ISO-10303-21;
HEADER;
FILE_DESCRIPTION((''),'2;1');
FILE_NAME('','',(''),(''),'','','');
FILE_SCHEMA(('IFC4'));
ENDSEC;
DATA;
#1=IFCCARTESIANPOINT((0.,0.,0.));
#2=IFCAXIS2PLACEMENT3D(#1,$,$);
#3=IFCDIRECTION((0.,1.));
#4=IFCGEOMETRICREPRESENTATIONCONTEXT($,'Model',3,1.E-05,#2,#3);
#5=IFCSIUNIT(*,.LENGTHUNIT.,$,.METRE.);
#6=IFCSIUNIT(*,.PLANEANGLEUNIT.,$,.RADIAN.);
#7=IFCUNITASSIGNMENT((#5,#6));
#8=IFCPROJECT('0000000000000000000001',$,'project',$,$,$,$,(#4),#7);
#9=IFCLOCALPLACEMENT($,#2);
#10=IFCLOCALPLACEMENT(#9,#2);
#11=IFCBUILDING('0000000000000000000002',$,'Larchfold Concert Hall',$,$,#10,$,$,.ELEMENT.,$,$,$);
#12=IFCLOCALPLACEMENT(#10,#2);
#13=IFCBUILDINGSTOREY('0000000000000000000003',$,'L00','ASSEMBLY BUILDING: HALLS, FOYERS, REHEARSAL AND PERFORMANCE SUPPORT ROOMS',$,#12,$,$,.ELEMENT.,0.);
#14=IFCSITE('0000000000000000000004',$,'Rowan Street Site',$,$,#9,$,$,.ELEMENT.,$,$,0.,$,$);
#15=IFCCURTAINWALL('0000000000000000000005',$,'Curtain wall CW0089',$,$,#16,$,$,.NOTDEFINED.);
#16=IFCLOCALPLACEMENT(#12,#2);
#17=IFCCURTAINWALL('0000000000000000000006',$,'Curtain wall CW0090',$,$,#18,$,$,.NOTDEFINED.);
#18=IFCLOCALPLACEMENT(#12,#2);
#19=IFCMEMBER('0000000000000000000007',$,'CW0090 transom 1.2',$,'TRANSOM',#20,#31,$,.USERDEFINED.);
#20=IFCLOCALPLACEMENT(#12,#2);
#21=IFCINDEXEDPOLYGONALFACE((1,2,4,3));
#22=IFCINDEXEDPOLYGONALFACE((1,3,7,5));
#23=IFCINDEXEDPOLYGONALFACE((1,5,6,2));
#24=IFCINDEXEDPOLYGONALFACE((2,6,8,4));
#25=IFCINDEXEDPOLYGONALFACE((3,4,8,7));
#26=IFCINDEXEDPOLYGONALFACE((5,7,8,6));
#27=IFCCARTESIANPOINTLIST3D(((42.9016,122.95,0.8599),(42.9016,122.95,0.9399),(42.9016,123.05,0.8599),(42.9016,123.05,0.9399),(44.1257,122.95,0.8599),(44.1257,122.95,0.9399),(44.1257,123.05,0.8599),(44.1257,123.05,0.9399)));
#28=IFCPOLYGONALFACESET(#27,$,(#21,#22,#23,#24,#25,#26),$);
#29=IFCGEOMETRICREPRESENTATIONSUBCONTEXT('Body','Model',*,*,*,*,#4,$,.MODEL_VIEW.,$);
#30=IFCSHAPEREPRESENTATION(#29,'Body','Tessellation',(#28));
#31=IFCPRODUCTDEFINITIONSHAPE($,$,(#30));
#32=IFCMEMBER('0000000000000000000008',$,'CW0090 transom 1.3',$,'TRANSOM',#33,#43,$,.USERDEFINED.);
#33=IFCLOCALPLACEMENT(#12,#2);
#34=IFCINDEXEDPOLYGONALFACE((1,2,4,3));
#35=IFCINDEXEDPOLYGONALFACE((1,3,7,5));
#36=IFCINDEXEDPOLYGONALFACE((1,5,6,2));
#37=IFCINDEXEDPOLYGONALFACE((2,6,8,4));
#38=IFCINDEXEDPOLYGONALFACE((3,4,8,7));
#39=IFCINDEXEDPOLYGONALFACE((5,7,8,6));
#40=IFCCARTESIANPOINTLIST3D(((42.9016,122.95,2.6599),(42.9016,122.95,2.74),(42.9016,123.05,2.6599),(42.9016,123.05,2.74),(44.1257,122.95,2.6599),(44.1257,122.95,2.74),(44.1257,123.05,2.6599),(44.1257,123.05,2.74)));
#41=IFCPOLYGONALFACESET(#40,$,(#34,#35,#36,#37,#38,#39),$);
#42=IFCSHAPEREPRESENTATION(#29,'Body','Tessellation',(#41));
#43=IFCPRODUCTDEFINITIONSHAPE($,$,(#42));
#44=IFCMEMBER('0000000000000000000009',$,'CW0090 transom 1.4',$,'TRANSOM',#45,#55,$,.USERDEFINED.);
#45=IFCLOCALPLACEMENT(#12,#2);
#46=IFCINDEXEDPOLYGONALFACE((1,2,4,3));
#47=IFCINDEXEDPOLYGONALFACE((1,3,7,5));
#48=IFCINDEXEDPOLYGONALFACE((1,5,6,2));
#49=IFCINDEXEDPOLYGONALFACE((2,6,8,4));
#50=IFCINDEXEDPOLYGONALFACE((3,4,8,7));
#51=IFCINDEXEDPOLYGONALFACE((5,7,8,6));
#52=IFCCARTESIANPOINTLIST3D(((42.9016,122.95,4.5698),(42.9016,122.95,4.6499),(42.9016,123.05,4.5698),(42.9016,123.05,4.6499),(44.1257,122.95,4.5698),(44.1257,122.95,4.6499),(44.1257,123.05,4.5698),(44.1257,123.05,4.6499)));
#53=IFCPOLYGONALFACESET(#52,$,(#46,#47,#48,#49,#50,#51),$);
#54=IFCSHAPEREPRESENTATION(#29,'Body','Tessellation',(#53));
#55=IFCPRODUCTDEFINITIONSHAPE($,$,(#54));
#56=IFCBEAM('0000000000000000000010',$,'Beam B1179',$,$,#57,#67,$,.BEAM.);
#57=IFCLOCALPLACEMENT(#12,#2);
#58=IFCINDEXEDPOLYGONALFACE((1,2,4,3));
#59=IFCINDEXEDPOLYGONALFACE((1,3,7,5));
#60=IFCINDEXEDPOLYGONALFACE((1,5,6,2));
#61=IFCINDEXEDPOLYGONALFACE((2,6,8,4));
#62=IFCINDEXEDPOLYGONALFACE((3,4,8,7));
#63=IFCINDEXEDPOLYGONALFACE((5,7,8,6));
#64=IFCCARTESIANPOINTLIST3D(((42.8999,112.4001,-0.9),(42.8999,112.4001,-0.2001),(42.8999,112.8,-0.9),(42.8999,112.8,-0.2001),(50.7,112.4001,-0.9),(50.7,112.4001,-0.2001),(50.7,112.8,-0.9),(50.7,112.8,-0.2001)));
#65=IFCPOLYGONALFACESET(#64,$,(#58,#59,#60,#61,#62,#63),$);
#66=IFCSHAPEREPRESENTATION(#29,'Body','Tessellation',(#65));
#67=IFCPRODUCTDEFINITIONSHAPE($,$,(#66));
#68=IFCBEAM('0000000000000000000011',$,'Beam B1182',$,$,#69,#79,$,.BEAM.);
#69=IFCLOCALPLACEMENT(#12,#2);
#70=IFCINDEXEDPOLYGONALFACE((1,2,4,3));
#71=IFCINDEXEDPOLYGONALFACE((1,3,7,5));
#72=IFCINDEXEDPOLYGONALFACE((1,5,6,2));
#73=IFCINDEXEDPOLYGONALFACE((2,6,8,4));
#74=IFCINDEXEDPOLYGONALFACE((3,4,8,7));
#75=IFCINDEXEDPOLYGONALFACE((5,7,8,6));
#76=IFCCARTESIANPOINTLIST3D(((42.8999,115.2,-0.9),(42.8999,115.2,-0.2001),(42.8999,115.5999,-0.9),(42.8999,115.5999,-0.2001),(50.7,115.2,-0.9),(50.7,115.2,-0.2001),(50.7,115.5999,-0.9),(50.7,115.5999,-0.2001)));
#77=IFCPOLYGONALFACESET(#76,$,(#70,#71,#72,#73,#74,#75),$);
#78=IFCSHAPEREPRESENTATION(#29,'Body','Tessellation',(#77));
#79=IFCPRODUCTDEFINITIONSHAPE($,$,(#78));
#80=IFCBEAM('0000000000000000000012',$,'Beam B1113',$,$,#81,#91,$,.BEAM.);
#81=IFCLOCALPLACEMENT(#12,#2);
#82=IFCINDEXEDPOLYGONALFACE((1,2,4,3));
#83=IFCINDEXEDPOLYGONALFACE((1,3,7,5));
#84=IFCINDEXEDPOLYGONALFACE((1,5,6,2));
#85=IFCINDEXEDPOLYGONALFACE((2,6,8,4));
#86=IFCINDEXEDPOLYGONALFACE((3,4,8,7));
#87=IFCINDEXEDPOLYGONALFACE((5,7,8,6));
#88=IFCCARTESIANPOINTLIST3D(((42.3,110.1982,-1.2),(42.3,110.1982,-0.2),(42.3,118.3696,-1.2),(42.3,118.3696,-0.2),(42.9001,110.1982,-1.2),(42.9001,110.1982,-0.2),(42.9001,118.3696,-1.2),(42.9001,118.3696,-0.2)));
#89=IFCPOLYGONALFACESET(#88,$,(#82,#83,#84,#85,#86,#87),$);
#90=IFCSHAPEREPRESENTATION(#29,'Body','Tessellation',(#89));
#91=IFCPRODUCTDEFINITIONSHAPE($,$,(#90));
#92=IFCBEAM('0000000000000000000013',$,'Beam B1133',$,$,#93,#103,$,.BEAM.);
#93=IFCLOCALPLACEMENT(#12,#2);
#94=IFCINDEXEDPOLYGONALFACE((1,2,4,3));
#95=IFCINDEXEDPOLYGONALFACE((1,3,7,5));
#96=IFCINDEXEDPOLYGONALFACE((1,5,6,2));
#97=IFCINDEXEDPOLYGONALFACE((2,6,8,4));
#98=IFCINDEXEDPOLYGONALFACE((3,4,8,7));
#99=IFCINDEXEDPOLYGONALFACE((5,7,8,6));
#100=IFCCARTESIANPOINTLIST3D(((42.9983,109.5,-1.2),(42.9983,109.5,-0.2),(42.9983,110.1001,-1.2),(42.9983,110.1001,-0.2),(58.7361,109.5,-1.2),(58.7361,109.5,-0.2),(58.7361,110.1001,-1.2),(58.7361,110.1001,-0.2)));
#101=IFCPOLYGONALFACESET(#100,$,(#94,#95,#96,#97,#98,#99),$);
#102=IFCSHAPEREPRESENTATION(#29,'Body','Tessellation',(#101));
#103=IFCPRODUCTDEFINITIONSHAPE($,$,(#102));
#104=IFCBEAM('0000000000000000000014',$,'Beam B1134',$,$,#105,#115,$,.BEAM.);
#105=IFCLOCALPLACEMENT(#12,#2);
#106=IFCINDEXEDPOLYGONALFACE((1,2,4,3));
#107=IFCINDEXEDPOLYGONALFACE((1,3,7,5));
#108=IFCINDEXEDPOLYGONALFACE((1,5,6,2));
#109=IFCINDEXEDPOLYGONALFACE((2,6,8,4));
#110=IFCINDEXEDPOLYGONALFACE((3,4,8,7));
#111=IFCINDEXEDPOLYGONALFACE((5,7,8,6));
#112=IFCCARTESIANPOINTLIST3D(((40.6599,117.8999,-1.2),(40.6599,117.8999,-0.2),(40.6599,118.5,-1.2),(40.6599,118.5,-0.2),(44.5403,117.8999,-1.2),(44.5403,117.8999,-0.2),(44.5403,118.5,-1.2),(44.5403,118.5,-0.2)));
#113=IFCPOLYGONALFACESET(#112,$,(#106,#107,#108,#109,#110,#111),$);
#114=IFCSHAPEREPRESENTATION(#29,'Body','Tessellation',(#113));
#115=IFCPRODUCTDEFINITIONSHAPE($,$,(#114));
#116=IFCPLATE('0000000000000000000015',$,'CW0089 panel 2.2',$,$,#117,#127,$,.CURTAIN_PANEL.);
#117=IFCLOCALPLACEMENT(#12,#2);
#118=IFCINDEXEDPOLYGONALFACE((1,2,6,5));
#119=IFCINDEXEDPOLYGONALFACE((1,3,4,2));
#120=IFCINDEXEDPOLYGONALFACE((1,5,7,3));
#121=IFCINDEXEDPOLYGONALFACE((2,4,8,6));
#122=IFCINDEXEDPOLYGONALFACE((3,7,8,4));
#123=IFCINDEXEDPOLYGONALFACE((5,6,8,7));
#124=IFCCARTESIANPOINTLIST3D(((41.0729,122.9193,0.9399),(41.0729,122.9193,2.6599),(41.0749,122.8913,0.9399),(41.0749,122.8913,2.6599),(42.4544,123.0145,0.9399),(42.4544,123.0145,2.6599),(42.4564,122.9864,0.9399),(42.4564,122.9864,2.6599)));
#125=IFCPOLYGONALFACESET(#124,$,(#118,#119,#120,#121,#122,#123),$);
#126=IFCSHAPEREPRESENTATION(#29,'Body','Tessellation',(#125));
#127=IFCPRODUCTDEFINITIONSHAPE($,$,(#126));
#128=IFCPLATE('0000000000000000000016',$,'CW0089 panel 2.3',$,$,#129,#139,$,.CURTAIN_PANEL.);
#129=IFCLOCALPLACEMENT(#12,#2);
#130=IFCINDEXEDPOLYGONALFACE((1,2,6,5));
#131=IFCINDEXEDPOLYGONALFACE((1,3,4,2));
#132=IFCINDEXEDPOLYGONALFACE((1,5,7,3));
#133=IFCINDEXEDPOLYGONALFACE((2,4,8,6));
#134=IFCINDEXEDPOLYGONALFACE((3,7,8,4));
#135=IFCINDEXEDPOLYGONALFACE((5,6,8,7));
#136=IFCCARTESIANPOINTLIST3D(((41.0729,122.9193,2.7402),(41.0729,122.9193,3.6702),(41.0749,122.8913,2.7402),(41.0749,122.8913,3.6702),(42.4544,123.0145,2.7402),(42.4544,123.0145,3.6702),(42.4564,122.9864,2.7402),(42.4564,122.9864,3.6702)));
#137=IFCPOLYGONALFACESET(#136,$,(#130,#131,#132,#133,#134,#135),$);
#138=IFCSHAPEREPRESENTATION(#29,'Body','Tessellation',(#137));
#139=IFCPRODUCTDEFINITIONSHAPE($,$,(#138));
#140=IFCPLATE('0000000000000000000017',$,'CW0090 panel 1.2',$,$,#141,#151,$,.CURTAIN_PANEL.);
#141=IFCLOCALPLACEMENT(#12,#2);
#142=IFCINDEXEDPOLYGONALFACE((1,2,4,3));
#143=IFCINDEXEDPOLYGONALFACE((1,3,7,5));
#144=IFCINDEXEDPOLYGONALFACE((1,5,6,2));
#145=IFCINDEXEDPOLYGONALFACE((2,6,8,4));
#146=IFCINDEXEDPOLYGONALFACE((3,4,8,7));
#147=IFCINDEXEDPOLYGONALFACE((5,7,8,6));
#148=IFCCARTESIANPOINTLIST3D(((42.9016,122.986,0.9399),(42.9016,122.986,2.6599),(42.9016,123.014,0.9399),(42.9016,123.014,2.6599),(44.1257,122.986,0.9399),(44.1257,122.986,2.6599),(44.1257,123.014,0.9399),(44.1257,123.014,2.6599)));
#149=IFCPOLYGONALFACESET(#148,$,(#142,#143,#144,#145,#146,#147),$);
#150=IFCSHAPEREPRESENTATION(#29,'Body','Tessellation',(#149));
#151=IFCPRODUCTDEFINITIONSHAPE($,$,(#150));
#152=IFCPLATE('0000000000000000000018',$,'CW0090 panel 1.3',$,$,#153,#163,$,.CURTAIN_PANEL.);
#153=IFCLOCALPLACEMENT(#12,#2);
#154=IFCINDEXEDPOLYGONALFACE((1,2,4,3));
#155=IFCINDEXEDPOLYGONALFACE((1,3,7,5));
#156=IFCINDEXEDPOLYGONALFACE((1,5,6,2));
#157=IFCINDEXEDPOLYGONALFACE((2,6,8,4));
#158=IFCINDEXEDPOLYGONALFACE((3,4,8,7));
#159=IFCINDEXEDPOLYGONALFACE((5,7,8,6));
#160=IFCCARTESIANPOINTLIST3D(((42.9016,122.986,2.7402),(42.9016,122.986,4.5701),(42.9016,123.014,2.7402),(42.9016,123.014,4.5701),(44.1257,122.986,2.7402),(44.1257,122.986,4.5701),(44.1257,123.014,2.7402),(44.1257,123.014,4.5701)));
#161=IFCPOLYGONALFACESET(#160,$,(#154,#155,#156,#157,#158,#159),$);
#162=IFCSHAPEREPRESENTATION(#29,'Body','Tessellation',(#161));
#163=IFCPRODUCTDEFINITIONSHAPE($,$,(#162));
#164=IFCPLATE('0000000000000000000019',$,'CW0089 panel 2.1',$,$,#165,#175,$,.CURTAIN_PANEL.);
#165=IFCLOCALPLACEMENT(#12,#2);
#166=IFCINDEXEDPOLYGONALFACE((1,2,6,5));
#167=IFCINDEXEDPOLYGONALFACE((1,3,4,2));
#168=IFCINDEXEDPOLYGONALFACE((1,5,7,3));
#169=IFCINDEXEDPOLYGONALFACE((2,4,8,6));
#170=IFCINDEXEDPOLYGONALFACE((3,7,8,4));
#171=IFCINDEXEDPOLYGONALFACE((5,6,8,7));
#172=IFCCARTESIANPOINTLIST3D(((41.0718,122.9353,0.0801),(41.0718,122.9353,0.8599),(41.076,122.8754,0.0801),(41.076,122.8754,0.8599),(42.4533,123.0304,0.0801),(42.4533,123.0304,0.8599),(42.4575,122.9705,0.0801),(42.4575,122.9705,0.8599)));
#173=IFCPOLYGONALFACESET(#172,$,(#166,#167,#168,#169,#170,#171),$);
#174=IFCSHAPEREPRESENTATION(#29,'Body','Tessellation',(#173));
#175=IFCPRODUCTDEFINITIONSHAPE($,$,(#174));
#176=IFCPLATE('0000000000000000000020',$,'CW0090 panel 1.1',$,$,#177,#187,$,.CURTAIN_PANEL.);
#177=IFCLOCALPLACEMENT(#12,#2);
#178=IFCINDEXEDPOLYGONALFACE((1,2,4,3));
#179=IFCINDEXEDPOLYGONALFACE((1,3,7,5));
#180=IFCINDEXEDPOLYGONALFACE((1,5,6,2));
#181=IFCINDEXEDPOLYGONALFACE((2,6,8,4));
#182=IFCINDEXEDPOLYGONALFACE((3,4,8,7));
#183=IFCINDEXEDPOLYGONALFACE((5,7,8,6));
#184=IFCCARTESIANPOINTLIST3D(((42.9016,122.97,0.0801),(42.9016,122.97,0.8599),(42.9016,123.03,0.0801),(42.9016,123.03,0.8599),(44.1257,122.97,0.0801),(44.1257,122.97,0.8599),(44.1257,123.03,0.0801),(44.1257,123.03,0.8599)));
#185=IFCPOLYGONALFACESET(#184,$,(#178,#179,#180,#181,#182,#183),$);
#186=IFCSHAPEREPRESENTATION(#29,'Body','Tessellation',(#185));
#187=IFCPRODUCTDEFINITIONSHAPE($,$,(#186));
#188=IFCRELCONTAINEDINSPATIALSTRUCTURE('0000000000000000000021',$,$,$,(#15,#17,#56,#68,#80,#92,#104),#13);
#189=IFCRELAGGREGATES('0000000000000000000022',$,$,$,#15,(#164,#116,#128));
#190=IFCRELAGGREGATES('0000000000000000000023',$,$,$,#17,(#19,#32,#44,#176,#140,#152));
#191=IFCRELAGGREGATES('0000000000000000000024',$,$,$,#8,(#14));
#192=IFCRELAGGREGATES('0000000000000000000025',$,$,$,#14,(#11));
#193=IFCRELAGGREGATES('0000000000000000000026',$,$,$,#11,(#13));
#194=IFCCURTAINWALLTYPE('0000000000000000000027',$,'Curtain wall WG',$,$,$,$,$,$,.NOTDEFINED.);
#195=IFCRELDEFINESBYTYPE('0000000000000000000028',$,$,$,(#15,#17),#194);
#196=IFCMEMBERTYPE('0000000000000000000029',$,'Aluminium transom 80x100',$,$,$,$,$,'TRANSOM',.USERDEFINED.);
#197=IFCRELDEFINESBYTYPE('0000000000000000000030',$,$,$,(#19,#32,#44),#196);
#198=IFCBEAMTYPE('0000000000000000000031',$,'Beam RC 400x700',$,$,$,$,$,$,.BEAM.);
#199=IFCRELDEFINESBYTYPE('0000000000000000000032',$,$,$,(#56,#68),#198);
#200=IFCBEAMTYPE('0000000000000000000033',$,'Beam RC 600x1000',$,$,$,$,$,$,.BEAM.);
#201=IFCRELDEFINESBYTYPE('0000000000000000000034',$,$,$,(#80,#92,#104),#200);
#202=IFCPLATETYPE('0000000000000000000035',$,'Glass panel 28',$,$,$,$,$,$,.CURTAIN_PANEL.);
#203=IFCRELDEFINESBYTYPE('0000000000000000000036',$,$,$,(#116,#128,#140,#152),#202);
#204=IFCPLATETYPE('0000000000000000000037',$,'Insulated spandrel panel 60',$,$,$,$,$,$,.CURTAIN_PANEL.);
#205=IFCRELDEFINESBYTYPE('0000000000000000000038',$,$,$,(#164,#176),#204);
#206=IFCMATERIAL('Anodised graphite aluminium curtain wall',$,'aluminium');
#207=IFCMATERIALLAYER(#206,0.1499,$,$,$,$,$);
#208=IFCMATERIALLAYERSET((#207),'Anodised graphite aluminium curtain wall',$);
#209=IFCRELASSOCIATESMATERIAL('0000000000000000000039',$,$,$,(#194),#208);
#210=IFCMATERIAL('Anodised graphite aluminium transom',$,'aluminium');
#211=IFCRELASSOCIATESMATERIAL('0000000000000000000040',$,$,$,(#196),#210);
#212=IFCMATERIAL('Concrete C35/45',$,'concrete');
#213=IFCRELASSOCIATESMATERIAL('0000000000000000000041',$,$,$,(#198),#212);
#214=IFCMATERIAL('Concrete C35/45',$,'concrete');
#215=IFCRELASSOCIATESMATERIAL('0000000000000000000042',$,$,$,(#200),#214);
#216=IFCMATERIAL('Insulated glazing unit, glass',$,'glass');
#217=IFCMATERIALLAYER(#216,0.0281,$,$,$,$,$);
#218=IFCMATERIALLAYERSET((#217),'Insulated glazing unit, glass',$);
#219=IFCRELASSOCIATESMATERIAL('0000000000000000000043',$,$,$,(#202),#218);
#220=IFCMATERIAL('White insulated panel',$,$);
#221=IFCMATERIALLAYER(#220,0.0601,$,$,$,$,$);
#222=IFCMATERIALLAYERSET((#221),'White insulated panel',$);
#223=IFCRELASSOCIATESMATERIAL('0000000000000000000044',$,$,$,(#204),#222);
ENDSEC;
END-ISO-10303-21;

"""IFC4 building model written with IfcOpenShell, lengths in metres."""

from ifc_helpers import new_model, si_unit, direction, frame, origin, origin_2d, place, context, subcontext, project, spatial, rectangle, extrude, material, layer, layer_set, material_profile, profile_set, type_object, element, aggregate, save


model = new_model("IFC4")

# Units and contexts
model_context = context("Model", 3, precision=1e-05, world=origin(), true_north=direction((0.0, 1.0)))
body_context = subcontext(model_context, "Body", "Model", "MODEL_VIEW")
ifc_project = project(units=[si_unit("LENGTHUNIT", "METRE"), si_unit("PLANEANGLEUNIT", "RADIAN")], contexts=[model_context])

# Site, building, storey
site_placement = place(None, origin())
site = spatial("IfcSite", under=ifc_project, at=site_placement, Name="Rowan Street Site", CompositionType="ELEMENT", RefElevation=0.0)
building_placement = place(site_placement, origin())
building = spatial("IfcBuilding", under=site, at=building_placement, Name="Larchfold Concert Hall", CompositionType="ELEMENT")
storey_placement = place(building_placement, origin())
storey = spatial("IfcBuildingStorey", under=building, at=storey_placement, Name="L00", Description="ASSEMBLY BUILDING: HALLS, FOYERS, REHEARSAL AND PERFORMANCE SUPPORT ROOMS", CompositionType="ELEMENT", Elevation=0.0)

# Curtain wall
ifc_material_1 = material(Name="Anodised graphite aluminium curtain wall", Category="aluminium")
ifc_layer_1 = layer(ifc_material_1, 0.1499)
ifc_layer_set_1 = layer_set([ifc_layer_1], Name="Anodised graphite aluminium curtain wall")
curtain_wall_type = type_object("IfcCurtainWallType", Name="Curtain wall WG", PredefinedType="NOTDEFINED", material=ifc_layer_set_1)
curtain_wall_1_placement = place(storey_placement, origin())
curtain_wall_1 = element("IfcCurtainWall", 1, at=curtain_wall_1_placement, inside=storey, type_object=curtain_wall_type, Name="Curtain wall CW0089", PredefinedType="NOTDEFINED")

# Curtain wall
curtain_wall_2_placement = place(storey_placement, origin())
curtain_wall_2 = element("IfcCurtainWall", 2, at=curtain_wall_2_placement, inside=storey, type_object=curtain_wall_type, Name="Curtain wall CW0090", PredefinedType="NOTDEFINED")

# Members
ifc_material_2 = material(Name="Anodised graphite aluminium transom", Category="aluminium")
ifc_material_profile_1 = material_profile(ifc_material_2, rectangle(XDim=0.1001, YDim=0.0801, at=origin_2d()))
ifc_profile_set_1 = profile_set([ifc_material_profile_1], Name="Anodised graphite aluminium transom")
member_type_1 = type_object("IfcMemberType", Name="Aluminium transom 80x100", ElementType="TRANSOM", PredefinedType="USERDEFINED", material=ifc_profile_set_1)
member_1_placement = place(storey_placement, frame((42.9016, 123.0, 0.8999), z_axis=(1.0, 0.0, 0.0), x_axis=(0.0, 1.0, 0.0)))
member_1 = element("IfcMember", 3, at=member_1_placement, type_object=member_type_1, Name="CW0090 transom 1.2", ObjectType="TRANSOM", PredefinedType="USERDEFINED", context=body_context, shape_type="SweptSolid", body=[
    extrude(rectangle(XDim=0.1001, YDim=0.0801, at=origin_2d()), origin(), (0.0, 0.0, 1.0), 1.2241),
])
member_2_placement = place(storey_placement, frame((42.9016, 123.0, 2.7), z_axis=(1.0, 0.0, 0.0), x_axis=(0.0, 1.0, 0.0)))
member_2 = element("IfcMember", 4, at=member_2_placement, type_object=member_type_1, Name="CW0090 transom 1.3", ObjectType="TRANSOM", PredefinedType="USERDEFINED", context=body_context, shape_type="SweptSolid", body=[
    extrude(rectangle(XDim=0.1001, YDim=0.0801, at=origin_2d()), origin(), (0.0, 0.0, 1.0), 1.2241),
])
member_3_placement = place(storey_placement, frame((42.9016, 123.0, 4.6099), z_axis=(1.0, 0.0, 0.0), x_axis=(0.0, 1.0, 0.0)))
member_3 = element("IfcMember", 5, at=member_3_placement, type_object=member_type_1, Name="CW0090 transom 1.4", ObjectType="TRANSOM", PredefinedType="USERDEFINED", context=body_context, shape_type="SweptSolid", body=[
    extrude(rectangle(XDim=0.1001, YDim=0.0801, at=origin_2d()), origin(), (0.0, 0.0, 1.0), 1.2241),
])

# Beams
ifc_material_3 = material(Name="Concrete C35/45", Category="concrete")
ifc_material_profile_2 = material_profile(ifc_material_3, rectangle(XDim=0.3999, YDim=0.7, at=origin_2d()))
ifc_profile_set_2 = profile_set([ifc_material_profile_2], Name="Concrete C35/45")
beam_type_1 = type_object("IfcBeamType", Name="Beam RC 400x700", PredefinedType="BEAM", material=ifc_profile_set_2)
for number, where, z_axis, x_axis, name in (
    (6, (42.8999, 112.6001, -0.55), (1.0, 0.0, 0.0), (0.0, 1.0, 0.0), "Beam B1179"),
    (7, (42.8999, 115.3999, -0.55), (1.0, 0.0, 0.0), (0.0, 1.0, 0.0), "Beam B1182"),
):
    element("IfcBeam", number, at=place(storey_placement, frame(where, z_axis=z_axis, x_axis=x_axis)), inside=storey, type_object=beam_type_1, Name=name, PredefinedType="BEAM", context=body_context, shape_type="SweptSolid", body=[
        extrude(rectangle(XDim=0.3999, YDim=0.7, at=origin_2d()), origin(), (0.0, 0.0, 1.0), 7.8),
    ])
ifc_material_4 = material(Name="Concrete C35/45", Category="concrete")
ifc_material_profile_3 = material_profile(ifc_material_4, rectangle(XDim=0.6001, YDim=1.0, at=origin_2d()))
ifc_profile_set_3 = profile_set([ifc_material_profile_3], Name="Concrete C35/45")
beam_type_2 = type_object("IfcBeamType", Name="Beam RC 600x1000", PredefinedType="BEAM", material=ifc_profile_set_3)
beam_1_placement = place(storey_placement, frame((42.6001, 110.1982, -0.7), z_axis=(0.0, 1.0, 0.0), x_axis=(-1.0, 0.0, 0.0)))
element("IfcBeam", 8, at=beam_1_placement, inside=storey, type_object=beam_type_2, Name="Beam B1113", PredefinedType="BEAM", context=body_context, shape_type="SweptSolid", body=[
    extrude(rectangle(XDim=0.6001, YDim=1.0, at=origin_2d()), origin(), (0.0, 0.0, 1.0), 8.1714),
])
beam_2_placement = place(storey_placement, frame((42.9983, 109.8, -0.7), z_axis=(1.0, 0.0, 0.0), x_axis=(0.0, 1.0, 0.0)))
element("IfcBeam", 9, at=beam_2_placement, inside=storey, type_object=beam_type_2, Name="Beam B1133", PredefinedType="BEAM", context=body_context, shape_type="SweptSolid", body=[
    extrude(rectangle(XDim=0.6001, YDim=1.0, at=origin_2d()), origin(), (0.0, 0.0, 1.0), 15.7378),
])
beam_3_placement = place(storey_placement, frame((40.6599, 118.2, -0.7), z_axis=(1.0, 0.0, 0.0), x_axis=(0.0, 1.0, 0.0)))
element("IfcBeam", 10, at=beam_3_placement, inside=storey, type_object=beam_type_2, Name="Beam B1134", PredefinedType="BEAM", context=body_context, shape_type="SweptSolid", body=[
    extrude(rectangle(XDim=0.6001, YDim=1.0, at=origin_2d()), origin(), (0.0, 0.0, 1.0), 3.8804),
])

# Plates
ifc_material_5 = material(Name="Insulated glazing unit, glass", Category="glass")
ifc_layer_2 = layer(ifc_material_5, 0.0281)
ifc_layer_set_2 = layer_set([ifc_layer_2], Name="Insulated glazing unit, glass")
plate_type_1 = type_object("IfcPlateType", Name="Glass panel 28", PredefinedType="CURTAIN_PANEL", material=ifc_layer_set_2)
plate_1_placement = place(storey_placement, frame((41.7646, 122.9529, 0.9399), z_axis=(0.0, 0.0, 1.0), x_axis=(0.997637, 0.0687, 0.0)))
plate_1 = element("IfcPlate", 11, at=plate_1_placement, type_object=plate_type_1, Name="CW0089 panel 2.2", PredefinedType="CURTAIN_PANEL", context=body_context, shape_type="SweptSolid", body=[
    extrude(rectangle(XDim=1.3848, YDim=0.0281, at=origin_2d()), origin(), (0.0, 0.0, 1.0), 1.72),
])
plate_2_placement = place(storey_placement, frame((41.7646, 122.9529, 2.7402), z_axis=(0.0, 0.0, 1.0), x_axis=(0.997637, 0.0687, 0.0)))
plate_2 = element("IfcPlate", 12, at=plate_2_placement, type_object=plate_type_1, Name="CW0089 panel 2.3", PredefinedType="CURTAIN_PANEL", context=body_context, shape_type="SweptSolid", body=[
    extrude(rectangle(XDim=1.3848, YDim=0.0281, at=origin_2d()), origin(), (0.0, 0.0, 1.0), 0.9299),
])
plate_3_placement = place(storey_placement, frame((43.5137, 123.0, 0.9399), z_axis=(0.0, 0.0, 1.0), x_axis=(1.0, 0.0, 0.0)))
plate_3 = element("IfcPlate", 13, at=plate_3_placement, type_object=plate_type_1, Name="CW0090 panel 1.2", PredefinedType="CURTAIN_PANEL", context=body_context, shape_type="SweptSolid", body=[
    extrude(rectangle(XDim=1.2241, YDim=0.0281, at=origin_2d()), origin(), (0.0, 0.0, 1.0), 1.72),
])
plate_4_placement = place(storey_placement, frame((43.5137, 123.0, 2.7402), z_axis=(0.0, 0.0, 1.0), x_axis=(1.0, 0.0, 0.0)))
plate_4 = element("IfcPlate", 14, at=plate_4_placement, type_object=plate_type_1, Name="CW0090 panel 1.3", PredefinedType="CURTAIN_PANEL", context=body_context, shape_type="SweptSolid", body=[
    extrude(rectangle(XDim=1.2241, YDim=0.0281, at=origin_2d()), origin(), (0.0, 0.0, 1.0), 1.8298),
])
ifc_material_6 = material(Name="White insulated panel")
ifc_layer_3 = layer(ifc_material_6, 0.0601)
ifc_layer_set_3 = layer_set([ifc_layer_3], Name="White insulated panel")
plate_type_2 = type_object("IfcPlateType", Name="Insulated spandrel panel 60", PredefinedType="CURTAIN_PANEL", material=ifc_layer_set_3)
plate_5_placement = place(storey_placement, frame((41.7646, 122.9529, 0.0801), z_axis=(0.0, 0.0, 1.0), x_axis=(0.997637, 0.0687, 0.0)))
plate_5 = element("IfcPlate", 15, at=plate_5_placement, type_object=plate_type_2, Name="CW0089 panel 2.1", PredefinedType="CURTAIN_PANEL", context=body_context, shape_type="SweptSolid", body=[
    extrude(rectangle(XDim=1.3848, YDim=0.0601, at=origin_2d()), origin(), (0.0, 0.0, 1.0), 0.7798),
])
aggregate(curtain_wall_1, [plate_5, plate_1, plate_2])
plate_6_placement = place(storey_placement, frame((43.5137, 123.0, 0.0801), z_axis=(0.0, 0.0, 1.0), x_axis=(1.0, 0.0, 0.0)))
plate_6 = element("IfcPlate", 16, at=plate_6_placement, type_object=plate_type_2, Name="CW0090 panel 1.1", PredefinedType="CURTAIN_PANEL", context=body_context, shape_type="SweptSolid", body=[
    extrude(rectangle(XDim=1.2241, YDim=0.0601, at=origin_2d()), origin(), (0.0, 0.0, 1.0), 0.7798),
])
aggregate(curtain_wall_2, [member_1, member_2, member_3, plate_6, plate_3, plate_4])

save(model, "model.ifc")
